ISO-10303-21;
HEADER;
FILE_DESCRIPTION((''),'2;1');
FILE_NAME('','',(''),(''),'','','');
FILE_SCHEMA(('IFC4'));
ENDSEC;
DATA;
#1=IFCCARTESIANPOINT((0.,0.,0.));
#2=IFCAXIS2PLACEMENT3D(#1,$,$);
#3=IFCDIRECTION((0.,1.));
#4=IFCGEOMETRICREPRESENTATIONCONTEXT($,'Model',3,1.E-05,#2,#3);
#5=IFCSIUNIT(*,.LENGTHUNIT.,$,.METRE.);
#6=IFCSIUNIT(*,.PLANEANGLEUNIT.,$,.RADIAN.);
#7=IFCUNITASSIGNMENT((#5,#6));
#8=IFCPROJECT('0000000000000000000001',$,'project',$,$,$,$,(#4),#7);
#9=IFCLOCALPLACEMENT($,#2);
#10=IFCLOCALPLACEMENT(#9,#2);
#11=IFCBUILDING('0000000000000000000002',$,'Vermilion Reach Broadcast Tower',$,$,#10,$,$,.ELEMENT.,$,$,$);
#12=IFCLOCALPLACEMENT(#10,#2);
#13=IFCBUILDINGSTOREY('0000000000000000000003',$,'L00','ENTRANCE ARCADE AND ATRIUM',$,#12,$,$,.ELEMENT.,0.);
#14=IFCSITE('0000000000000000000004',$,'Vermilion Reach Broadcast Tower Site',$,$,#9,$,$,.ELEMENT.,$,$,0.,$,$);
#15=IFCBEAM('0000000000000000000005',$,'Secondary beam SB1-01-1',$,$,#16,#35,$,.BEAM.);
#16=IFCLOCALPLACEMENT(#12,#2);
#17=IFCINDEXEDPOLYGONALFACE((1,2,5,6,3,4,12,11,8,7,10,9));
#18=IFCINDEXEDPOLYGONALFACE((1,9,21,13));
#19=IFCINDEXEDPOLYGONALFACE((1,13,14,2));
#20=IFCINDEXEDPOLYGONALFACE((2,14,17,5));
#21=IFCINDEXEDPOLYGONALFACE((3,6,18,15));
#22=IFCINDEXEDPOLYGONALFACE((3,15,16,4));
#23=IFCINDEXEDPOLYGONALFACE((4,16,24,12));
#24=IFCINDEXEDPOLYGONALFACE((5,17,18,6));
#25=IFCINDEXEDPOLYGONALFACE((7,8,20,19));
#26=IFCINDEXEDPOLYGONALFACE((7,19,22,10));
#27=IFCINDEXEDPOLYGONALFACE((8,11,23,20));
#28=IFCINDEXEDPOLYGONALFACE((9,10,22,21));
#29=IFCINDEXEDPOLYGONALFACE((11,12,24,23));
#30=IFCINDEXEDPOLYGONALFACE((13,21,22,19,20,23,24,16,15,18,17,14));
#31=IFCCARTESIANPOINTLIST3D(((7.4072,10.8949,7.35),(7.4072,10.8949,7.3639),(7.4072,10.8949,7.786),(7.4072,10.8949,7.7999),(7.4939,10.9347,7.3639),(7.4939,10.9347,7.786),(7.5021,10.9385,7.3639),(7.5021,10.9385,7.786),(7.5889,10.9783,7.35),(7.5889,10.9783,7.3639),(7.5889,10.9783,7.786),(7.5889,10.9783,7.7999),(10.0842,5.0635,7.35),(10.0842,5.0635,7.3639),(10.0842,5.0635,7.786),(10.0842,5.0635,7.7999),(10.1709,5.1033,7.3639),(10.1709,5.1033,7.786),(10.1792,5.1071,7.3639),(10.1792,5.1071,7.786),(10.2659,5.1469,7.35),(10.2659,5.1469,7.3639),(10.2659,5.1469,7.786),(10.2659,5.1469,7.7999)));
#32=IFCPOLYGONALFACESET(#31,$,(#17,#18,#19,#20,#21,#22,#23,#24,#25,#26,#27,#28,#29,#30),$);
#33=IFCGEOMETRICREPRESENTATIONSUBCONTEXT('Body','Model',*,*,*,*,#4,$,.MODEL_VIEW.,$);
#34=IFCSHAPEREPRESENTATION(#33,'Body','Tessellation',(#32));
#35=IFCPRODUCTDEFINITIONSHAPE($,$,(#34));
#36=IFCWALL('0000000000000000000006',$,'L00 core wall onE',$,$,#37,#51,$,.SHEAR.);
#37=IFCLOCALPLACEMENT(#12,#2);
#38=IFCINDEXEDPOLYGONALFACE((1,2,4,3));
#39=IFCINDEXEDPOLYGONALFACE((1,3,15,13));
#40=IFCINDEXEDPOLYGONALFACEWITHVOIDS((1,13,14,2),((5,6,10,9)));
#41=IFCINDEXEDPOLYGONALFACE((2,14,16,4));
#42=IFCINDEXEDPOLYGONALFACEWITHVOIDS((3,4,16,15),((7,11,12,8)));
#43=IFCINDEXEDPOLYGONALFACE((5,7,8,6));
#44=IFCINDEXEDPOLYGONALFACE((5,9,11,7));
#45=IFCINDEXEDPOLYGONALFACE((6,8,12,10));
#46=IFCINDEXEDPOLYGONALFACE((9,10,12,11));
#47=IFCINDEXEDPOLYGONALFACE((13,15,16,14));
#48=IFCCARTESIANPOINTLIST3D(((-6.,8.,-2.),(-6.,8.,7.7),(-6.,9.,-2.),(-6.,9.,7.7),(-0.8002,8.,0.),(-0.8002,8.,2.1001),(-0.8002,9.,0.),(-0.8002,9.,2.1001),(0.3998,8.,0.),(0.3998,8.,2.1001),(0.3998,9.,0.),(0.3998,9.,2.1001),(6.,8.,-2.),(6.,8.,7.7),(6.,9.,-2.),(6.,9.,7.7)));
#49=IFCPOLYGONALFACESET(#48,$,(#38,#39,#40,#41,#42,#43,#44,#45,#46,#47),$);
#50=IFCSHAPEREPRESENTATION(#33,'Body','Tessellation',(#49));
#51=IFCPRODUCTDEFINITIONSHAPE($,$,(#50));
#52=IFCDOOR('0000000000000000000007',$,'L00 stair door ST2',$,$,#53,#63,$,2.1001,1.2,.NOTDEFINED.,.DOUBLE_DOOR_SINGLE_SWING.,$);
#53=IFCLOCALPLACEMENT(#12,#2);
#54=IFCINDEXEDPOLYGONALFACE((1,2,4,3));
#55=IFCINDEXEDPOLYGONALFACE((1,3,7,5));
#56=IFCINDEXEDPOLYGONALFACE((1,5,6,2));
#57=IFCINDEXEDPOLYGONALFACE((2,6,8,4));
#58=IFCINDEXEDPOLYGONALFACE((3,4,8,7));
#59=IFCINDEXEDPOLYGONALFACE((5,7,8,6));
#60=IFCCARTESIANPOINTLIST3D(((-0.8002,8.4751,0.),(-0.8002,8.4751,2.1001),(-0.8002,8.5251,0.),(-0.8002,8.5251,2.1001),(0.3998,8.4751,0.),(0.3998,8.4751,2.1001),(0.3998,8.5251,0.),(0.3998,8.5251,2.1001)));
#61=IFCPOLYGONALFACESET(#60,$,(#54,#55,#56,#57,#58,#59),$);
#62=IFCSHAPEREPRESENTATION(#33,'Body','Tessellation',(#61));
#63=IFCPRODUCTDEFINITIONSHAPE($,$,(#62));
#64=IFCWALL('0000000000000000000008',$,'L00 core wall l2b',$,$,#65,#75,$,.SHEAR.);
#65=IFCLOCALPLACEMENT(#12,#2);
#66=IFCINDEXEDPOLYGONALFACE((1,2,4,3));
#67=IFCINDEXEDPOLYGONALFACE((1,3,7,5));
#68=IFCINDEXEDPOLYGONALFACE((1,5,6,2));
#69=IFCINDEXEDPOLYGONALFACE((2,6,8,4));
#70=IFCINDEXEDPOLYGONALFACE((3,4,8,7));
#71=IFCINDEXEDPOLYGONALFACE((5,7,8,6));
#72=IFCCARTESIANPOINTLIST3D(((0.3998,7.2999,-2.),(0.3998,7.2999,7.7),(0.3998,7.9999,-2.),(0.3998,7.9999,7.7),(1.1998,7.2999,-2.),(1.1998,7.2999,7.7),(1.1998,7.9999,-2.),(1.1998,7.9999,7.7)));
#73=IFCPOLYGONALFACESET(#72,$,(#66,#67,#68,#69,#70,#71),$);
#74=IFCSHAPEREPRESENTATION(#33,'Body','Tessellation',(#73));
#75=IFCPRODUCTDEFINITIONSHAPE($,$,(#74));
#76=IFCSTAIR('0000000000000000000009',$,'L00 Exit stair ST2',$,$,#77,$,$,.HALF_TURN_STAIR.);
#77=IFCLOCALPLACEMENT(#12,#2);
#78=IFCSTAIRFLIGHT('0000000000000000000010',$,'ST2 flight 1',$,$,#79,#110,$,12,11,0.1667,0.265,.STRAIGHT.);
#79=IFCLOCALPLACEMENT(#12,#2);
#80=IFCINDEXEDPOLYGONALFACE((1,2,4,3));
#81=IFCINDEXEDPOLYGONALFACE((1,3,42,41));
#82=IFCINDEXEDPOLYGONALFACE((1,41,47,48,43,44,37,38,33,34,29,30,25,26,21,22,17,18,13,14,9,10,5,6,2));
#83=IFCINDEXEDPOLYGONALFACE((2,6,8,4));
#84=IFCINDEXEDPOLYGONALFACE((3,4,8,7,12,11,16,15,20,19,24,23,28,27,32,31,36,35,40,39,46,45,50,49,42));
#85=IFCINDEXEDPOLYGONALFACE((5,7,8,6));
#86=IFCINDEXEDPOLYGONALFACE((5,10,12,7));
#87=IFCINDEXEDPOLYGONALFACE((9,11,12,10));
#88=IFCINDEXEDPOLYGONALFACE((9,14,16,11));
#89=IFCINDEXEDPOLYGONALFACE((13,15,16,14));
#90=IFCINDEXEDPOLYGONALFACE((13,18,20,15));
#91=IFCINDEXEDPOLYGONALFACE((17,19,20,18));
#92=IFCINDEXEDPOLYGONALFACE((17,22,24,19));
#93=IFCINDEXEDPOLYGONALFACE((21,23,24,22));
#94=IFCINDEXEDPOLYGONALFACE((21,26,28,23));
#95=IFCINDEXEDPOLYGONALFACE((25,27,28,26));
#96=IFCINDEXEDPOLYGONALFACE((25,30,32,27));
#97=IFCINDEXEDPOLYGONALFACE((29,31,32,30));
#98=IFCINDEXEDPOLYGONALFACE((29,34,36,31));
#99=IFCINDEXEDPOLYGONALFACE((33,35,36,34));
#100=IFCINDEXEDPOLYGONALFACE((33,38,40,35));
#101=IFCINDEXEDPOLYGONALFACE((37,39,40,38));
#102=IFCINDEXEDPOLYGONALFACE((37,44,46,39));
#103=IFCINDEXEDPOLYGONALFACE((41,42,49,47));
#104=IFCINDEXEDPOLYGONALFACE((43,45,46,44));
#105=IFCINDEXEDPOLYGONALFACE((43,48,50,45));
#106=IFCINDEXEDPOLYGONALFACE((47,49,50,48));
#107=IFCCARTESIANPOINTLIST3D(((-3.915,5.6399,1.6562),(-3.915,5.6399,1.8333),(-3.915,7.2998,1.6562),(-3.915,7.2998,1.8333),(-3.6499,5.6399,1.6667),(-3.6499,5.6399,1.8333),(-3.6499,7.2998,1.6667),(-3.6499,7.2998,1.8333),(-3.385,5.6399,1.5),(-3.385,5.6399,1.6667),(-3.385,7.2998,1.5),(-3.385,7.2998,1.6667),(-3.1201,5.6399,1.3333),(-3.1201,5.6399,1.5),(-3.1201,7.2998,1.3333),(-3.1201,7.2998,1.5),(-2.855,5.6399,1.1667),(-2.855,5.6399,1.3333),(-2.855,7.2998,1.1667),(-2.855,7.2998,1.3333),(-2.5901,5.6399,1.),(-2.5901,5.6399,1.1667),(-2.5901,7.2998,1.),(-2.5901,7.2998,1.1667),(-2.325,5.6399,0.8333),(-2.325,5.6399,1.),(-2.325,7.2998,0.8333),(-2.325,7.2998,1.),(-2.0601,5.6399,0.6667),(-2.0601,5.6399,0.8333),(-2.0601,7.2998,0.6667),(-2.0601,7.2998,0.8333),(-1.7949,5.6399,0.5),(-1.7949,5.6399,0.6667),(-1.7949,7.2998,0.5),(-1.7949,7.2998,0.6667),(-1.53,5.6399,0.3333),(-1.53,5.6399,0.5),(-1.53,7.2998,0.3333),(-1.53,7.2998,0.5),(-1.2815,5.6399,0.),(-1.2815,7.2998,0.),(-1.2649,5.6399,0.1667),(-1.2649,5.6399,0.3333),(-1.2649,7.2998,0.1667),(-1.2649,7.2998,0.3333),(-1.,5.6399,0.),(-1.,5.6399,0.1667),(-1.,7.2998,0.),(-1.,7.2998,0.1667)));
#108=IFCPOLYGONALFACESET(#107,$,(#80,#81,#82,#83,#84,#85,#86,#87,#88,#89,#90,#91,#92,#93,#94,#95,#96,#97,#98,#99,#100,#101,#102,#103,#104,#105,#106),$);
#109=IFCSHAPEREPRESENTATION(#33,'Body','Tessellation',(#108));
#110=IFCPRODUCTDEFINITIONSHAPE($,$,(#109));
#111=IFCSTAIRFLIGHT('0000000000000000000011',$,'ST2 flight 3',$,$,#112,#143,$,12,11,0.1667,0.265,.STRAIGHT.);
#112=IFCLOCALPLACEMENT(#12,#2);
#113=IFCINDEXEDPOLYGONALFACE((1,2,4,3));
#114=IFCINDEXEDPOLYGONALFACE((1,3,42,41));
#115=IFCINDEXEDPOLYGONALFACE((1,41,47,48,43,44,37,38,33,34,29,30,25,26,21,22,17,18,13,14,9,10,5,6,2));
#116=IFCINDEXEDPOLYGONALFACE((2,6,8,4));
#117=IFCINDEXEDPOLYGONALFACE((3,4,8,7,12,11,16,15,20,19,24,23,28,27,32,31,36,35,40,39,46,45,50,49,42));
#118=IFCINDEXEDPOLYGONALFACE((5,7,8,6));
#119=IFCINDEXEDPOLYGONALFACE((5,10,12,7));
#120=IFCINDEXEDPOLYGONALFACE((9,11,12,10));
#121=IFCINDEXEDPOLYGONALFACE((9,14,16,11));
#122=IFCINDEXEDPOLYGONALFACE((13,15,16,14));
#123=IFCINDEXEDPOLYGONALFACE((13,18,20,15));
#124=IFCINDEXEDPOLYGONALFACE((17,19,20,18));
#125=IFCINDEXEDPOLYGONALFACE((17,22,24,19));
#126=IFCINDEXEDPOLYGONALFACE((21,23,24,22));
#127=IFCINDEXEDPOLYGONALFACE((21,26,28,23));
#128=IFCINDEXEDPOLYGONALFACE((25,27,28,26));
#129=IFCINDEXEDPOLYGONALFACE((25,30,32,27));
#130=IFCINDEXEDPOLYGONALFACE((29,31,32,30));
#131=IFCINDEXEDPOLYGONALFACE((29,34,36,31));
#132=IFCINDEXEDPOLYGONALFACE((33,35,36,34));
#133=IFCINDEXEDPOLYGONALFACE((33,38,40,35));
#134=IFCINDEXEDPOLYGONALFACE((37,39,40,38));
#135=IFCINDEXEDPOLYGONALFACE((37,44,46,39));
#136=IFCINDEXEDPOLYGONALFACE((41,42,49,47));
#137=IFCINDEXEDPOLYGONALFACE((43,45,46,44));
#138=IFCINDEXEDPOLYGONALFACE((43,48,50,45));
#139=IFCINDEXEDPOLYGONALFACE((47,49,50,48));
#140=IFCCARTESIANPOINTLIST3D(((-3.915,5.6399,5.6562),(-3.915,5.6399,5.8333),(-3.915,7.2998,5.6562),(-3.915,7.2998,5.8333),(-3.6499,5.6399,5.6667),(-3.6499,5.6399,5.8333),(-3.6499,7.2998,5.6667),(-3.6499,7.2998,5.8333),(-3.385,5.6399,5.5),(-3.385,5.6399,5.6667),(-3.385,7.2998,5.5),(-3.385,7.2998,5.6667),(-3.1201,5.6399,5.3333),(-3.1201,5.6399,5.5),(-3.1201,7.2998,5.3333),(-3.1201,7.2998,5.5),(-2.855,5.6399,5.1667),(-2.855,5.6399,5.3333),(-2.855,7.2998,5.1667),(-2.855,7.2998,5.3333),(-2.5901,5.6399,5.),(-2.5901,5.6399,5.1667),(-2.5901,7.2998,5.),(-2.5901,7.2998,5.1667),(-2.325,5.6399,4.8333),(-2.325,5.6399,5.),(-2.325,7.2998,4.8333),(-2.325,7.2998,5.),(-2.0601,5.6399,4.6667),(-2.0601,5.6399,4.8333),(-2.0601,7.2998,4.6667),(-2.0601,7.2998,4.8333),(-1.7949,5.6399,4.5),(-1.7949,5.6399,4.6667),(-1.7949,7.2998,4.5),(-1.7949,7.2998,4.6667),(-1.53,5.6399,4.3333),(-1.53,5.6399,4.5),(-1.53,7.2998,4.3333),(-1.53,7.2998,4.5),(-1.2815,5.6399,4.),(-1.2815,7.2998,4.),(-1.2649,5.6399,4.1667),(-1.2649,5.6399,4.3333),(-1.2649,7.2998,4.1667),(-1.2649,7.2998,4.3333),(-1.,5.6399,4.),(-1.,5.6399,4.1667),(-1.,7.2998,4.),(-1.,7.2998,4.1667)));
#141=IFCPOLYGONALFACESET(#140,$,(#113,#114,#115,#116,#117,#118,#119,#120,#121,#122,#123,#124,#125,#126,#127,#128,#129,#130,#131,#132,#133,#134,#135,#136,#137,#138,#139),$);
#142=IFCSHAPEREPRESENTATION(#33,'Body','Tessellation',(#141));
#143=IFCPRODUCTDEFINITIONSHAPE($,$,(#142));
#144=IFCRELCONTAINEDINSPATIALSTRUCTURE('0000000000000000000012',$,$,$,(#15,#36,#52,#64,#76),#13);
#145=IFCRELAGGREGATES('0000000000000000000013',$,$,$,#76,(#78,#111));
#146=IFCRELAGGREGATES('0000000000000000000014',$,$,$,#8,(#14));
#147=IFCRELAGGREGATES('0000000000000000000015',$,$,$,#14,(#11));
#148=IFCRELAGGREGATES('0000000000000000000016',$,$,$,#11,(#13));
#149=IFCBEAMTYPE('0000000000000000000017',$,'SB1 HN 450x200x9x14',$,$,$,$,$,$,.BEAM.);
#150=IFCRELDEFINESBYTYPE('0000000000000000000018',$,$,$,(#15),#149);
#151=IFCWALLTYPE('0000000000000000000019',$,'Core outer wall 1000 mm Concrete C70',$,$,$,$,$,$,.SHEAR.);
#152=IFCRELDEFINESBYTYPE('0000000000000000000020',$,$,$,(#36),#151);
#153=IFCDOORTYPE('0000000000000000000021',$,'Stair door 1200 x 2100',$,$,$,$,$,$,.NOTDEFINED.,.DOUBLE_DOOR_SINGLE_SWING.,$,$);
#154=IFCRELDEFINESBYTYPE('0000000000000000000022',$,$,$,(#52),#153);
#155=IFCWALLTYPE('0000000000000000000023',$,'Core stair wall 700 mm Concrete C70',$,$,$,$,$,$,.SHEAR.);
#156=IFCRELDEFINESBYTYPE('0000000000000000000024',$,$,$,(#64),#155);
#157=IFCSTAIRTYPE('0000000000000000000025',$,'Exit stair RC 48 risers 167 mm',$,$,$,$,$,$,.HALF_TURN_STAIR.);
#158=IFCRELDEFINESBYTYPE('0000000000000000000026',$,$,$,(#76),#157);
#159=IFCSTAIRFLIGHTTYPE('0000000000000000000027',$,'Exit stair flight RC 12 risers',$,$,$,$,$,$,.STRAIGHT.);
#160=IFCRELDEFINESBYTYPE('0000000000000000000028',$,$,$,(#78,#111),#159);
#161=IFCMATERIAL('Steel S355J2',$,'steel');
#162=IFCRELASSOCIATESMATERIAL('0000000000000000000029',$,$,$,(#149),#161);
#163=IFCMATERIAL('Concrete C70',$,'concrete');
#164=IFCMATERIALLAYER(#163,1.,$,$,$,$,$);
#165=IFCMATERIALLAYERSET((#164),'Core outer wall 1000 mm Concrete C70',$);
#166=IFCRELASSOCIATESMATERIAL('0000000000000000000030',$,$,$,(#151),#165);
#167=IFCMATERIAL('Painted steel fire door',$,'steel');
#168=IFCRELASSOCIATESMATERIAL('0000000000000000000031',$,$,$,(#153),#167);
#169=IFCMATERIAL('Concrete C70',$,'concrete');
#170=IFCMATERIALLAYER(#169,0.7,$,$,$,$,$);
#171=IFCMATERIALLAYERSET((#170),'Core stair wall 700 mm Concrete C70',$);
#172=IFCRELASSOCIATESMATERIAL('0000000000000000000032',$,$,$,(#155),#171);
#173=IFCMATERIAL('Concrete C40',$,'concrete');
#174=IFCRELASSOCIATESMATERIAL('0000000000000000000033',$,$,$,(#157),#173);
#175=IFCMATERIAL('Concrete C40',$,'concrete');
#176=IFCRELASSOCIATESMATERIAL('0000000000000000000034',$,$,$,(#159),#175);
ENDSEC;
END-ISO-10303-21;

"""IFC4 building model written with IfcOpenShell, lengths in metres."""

from ifc_helpers import new_model, si_unit, direction, frame, frame_2d, origin, origin_2d, place, context, subcontext, project, spatial, polyline, rectangle, i_section, outline, extrude, material, layer, layer_set, material_profile, profile_set, type_object, element, fill, aggregate, save


model = new_model("IFC4")

# Units and contexts
model_context = context("Model", 3, precision=1e-05, world=origin(), true_north=direction((0.0, 1.0)))
body_context = subcontext(model_context, "Body", "Model", "MODEL_VIEW")
ifc_project = project(units=[si_unit("LENGTHUNIT", "METRE"), si_unit("PLANEANGLEUNIT", "RADIAN")], contexts=[model_context])

# Site, building, storey
site_placement = place(None, origin())
site = spatial("IfcSite", under=ifc_project, at=site_placement, Name="Vermilion Reach Broadcast Tower Site", CompositionType="ELEMENT", RefElevation=0.0)
building_placement = place(site_placement, origin())
building = spatial("IfcBuilding", under=site, at=building_placement, Name="Vermilion Reach Broadcast Tower", CompositionType="ELEMENT")
storey_placement = place(building_placement, origin())
storey = spatial("IfcBuildingStorey", under=building, at=storey_placement, Name="L00", Description="ENTRANCE ARCADE AND ATRIUM", CompositionType="ELEMENT", Elevation=0.0)

# Beam
ifc_material_1 = material(Name="Steel S355J2", Category="steel")
ifc_material_profile_1 = material_profile(ifc_material_1, i_section(OverallWidth=0.2, OverallDepth=0.45, WebThickness=0.009, FlangeThickness=0.0139, at=origin_2d()), Name="S355J2 HN 450x200x9x14")
ifc_profile_set_1 = profile_set([ifc_material_profile_1], Name="Steel S355J2")
beam_type_1 = type_object("IfcBeamType", Name="SB1 HN 450x200x9x14", PredefinedType="BEAM", material=ifc_profile_set_1)
beam_1_placement = place(storey_placement, frame((10.175, 5.1052, 7.575), z_axis=(-0.417211, 0.908809, 0.0), x_axis=(-0.908809, -0.417211, 0.0)))
element("IfcBeam", 1, at=beam_1_placement, inside=storey, type_object=beam_type_1, Name="Secondary beam SB1-01-1", PredefinedType="BEAM", context=body_context, shape_type="SweptSolid", body=[
    extrude(i_section(OverallWidth=0.2, OverallDepth=0.45, WebThickness=0.009, FlangeThickness=0.0139, at=origin_2d()), origin(), (0.0, 0.0, 1.0), 6.4165),
])

# Wall, opening, door
ifc_material_2 = material(Name="Concrete C70", Category="concrete")
ifc_layer_1 = layer(ifc_material_2, 1.0)
ifc_layer_set_1 = layer_set([ifc_layer_1], Name="Core outer wall 1000 mm Concrete C70")
wall_type_1 = type_object("IfcWallType", Name="Core outer wall 1000 mm Concrete C70", PredefinedType="SHEAR", material=ifc_layer_set_1)
wall_1_placement = place(storey_placement, frame((6.0, 8.5, -2.0), z_axis=(0.0, 0.0, 1.0), x_axis=(-1.0, 0.0, 0.0)))
wall_1 = element("IfcWall", 2, at=wall_1_placement, inside=storey, type_object=wall_type_1, Name="L00 core wall onE", PredefinedType="SHEAR", context=body_context, shape_type="SweptSolid", body=[
    extrude(rectangle(XDim=12.0, YDim=1.0, at=frame_2d((6.0, 0.0))), origin(), (0.0, 0.0, 1.0), 9.7),
])
opening_placement = place(wall_1_placement, frame((5.6001, 0.0, 2.0)))
opening = element("IfcOpeningElement", 3, at=opening_placement, cuts=wall_1, PredefinedType="OPENING", context=body_context, shape_type="SweptSolid", body=[
    extrude(rectangle(XDim=1.2, YDim=2.1001, at=frame_2d((0.6001, 1.05))), frame((0.0, 0.51, 0.0), z_axis=(0.0, -1.0, 0.0), x_axis=(1.0, 0.0, 0.0)), (0.0, 0.0, 1.0), 1.02),
])
ifc_material_3 = material(Name="Painted steel fire door", Category="steel")
door_type = type_object("IfcDoorType", Name="Stair door 1200 x 2100", OperationType="DOUBLE_DOOR_SINGLE_SWING", PredefinedType="NOTDEFINED", material=ifc_material_3)
door_placement = place(opening_placement, origin())
door = element("IfcDoor", 4, at=door_placement, inside=storey, type_object=door_type, Name="L00 stair door ST2", OperationType="DOUBLE_DOOR_SINGLE_SWING", OverallHeight=2.1001, OverallWidth=1.2, PredefinedType="NOTDEFINED", context=body_context, shape_type="SweptSolid", body=[
    extrude(rectangle(XDim=1.2, YDim=2.1001, at=frame_2d((0.6001, 1.05))), frame((0.0, 0.0249, 0.0), z_axis=(0.0, -1.0, 0.0), x_axis=(1.0, 0.0, 0.0)), (0.0, 0.0, 1.0), 0.05),
])
fill(opening, door)

# Wall
ifc_material_4 = material(Name="Concrete C70", Category="concrete")
ifc_layer_2 = layer(ifc_material_4, 0.7)
ifc_layer_set_2 = layer_set([ifc_layer_2], Name="Core stair wall 700 mm Concrete C70")
wall_type_2 = type_object("IfcWallType", Name="Core stair wall 700 mm Concrete C70", PredefinedType="SHEAR", material=ifc_layer_set_2)
wall_2_placement = place(storey_placement, frame((0.3999, 7.6499, -2.0), z_axis=(0.0, 0.0, 1.0), x_axis=(1.0, 0.0, 0.0)))
element("IfcWall", 5, at=wall_2_placement, inside=storey, type_object=wall_type_2, Name="L00 core wall l2b", PredefinedType="SHEAR", context=body_context, shape_type="SweptSolid", body=[
    extrude(rectangle(XDim=0.8, YDim=0.7, at=frame_2d((0.3999, 0.0))), origin(), (0.0, 0.0, 1.0), 9.7),
])

# Stair, stair flights
ifc_material_5 = material(Name="Concrete C40", Category="concrete")
stair_type = type_object("IfcStairType", Name="Exit stair RC 48 risers 167 mm", PredefinedType="HALF_TURN_STAIR", material=ifc_material_5)
stair_placement = place(storey_placement, origin())
stair = element("IfcStair", 6, at=stair_placement, inside=storey, type_object=stair_type, Name="L00 Exit stair ST2", PredefinedType="HALF_TURN_STAIR")
ifc_material_6 = material(Name="Concrete C40", Category="concrete")
stair_flight_type = type_object("IfcStairFlightType", Name="Exit stair flight RC 12 risers", PredefinedType="STRAIGHT", material=ifc_material_6)
stair_flight_1_placement = place(storey_placement, frame((-1.0, 6.47, 0.0), z_axis=(0.0, 0.0, 1.0), x_axis=(-1.0, 0.0, 0.0)))
stair_flight_1 = element("IfcStairFlight", 7, at=stair_flight_1_placement, type_object=stair_flight_type, Name="ST2 flight 1", NumberOfRisers=12, NumberOfTreads=11, PredefinedType="STRAIGHT", RiserHeight=0.1667, TreadLength=0.265, context=body_context, shape_type="SweptSolid", body=[
    extrude(outline(polyline([(0.0, 0.0), (0.0, 0.1667), (0.2649, 0.1667), (0.2649, 0.3333), (0.53, 0.3333), (0.53, 0.5), (0.7949, 0.5), (0.7949, 0.6667), (1.0601, 0.6667), (1.0601, 0.8333), (1.325, 0.8333), (1.325, 1.0), (1.5901, 1.0), (1.5901, 1.1667), (1.855, 1.1667), (1.855, 1.3333), (2.1201, 1.3333), (2.1201, 1.5), (2.385, 1.5), (2.385, 1.6667), (2.6499, 1.6667), (2.6499, 1.8333), (2.915, 1.8333), (2.915, 2.0), (2.915, 1.6562), (0.2815, 0.0), (0.0, 0.0)])), frame((0.0, 0.8301, 0.0), z_axis=(0.0, -1.0, 0.0), x_axis=(1.0, 0.0, 0.0)), (0.0, 0.0, 1.0), 1.6599),
])
stair_flight_2_placement = place(storey_placement, frame((-1.0, 6.47, 4.0), z_axis=(0.0, 0.0, 1.0), x_axis=(-1.0, 0.0, 0.0)))
stair_flight_2 = element("IfcStairFlight", 8, at=stair_flight_2_placement, type_object=stair_flight_type, Name="ST2 flight 3", NumberOfRisers=12, NumberOfTreads=11, PredefinedType="STRAIGHT", RiserHeight=0.1667, TreadLength=0.265, context=body_context, shape_type="SweptSolid", body=[
    extrude(outline(polyline([(0.0, 0.0), (0.0, 0.1667), (0.2649, 0.1667), (0.2649, 0.3333), (0.53, 0.3333), (0.53, 0.5), (0.7949, 0.5), (0.7949, 0.6667), (1.0601, 0.6667), (1.0601, 0.8333), (1.325, 0.8333), (1.325, 1.0), (1.5901, 1.0), (1.5901, 1.1667), (1.855, 1.1667), (1.855, 1.3333), (2.1201, 1.3333), (2.1201, 1.5), (2.385, 1.5), (2.385, 1.6667), (2.6499, 1.6667), (2.6499, 1.8333), (2.915, 1.8333), (2.915, 2.0), (2.915, 1.6562), (0.2815, 0.0), (0.0, 0.0)])), frame((0.0, 0.8301, 0.0), z_axis=(0.0, -1.0, 0.0), x_axis=(1.0, 0.0, 0.0)), (0.0, 0.0, 1.0), 1.6599),
])
aggregate(stair, [stair_flight_1, stair_flight_2])

save(model, "model.ifc")
